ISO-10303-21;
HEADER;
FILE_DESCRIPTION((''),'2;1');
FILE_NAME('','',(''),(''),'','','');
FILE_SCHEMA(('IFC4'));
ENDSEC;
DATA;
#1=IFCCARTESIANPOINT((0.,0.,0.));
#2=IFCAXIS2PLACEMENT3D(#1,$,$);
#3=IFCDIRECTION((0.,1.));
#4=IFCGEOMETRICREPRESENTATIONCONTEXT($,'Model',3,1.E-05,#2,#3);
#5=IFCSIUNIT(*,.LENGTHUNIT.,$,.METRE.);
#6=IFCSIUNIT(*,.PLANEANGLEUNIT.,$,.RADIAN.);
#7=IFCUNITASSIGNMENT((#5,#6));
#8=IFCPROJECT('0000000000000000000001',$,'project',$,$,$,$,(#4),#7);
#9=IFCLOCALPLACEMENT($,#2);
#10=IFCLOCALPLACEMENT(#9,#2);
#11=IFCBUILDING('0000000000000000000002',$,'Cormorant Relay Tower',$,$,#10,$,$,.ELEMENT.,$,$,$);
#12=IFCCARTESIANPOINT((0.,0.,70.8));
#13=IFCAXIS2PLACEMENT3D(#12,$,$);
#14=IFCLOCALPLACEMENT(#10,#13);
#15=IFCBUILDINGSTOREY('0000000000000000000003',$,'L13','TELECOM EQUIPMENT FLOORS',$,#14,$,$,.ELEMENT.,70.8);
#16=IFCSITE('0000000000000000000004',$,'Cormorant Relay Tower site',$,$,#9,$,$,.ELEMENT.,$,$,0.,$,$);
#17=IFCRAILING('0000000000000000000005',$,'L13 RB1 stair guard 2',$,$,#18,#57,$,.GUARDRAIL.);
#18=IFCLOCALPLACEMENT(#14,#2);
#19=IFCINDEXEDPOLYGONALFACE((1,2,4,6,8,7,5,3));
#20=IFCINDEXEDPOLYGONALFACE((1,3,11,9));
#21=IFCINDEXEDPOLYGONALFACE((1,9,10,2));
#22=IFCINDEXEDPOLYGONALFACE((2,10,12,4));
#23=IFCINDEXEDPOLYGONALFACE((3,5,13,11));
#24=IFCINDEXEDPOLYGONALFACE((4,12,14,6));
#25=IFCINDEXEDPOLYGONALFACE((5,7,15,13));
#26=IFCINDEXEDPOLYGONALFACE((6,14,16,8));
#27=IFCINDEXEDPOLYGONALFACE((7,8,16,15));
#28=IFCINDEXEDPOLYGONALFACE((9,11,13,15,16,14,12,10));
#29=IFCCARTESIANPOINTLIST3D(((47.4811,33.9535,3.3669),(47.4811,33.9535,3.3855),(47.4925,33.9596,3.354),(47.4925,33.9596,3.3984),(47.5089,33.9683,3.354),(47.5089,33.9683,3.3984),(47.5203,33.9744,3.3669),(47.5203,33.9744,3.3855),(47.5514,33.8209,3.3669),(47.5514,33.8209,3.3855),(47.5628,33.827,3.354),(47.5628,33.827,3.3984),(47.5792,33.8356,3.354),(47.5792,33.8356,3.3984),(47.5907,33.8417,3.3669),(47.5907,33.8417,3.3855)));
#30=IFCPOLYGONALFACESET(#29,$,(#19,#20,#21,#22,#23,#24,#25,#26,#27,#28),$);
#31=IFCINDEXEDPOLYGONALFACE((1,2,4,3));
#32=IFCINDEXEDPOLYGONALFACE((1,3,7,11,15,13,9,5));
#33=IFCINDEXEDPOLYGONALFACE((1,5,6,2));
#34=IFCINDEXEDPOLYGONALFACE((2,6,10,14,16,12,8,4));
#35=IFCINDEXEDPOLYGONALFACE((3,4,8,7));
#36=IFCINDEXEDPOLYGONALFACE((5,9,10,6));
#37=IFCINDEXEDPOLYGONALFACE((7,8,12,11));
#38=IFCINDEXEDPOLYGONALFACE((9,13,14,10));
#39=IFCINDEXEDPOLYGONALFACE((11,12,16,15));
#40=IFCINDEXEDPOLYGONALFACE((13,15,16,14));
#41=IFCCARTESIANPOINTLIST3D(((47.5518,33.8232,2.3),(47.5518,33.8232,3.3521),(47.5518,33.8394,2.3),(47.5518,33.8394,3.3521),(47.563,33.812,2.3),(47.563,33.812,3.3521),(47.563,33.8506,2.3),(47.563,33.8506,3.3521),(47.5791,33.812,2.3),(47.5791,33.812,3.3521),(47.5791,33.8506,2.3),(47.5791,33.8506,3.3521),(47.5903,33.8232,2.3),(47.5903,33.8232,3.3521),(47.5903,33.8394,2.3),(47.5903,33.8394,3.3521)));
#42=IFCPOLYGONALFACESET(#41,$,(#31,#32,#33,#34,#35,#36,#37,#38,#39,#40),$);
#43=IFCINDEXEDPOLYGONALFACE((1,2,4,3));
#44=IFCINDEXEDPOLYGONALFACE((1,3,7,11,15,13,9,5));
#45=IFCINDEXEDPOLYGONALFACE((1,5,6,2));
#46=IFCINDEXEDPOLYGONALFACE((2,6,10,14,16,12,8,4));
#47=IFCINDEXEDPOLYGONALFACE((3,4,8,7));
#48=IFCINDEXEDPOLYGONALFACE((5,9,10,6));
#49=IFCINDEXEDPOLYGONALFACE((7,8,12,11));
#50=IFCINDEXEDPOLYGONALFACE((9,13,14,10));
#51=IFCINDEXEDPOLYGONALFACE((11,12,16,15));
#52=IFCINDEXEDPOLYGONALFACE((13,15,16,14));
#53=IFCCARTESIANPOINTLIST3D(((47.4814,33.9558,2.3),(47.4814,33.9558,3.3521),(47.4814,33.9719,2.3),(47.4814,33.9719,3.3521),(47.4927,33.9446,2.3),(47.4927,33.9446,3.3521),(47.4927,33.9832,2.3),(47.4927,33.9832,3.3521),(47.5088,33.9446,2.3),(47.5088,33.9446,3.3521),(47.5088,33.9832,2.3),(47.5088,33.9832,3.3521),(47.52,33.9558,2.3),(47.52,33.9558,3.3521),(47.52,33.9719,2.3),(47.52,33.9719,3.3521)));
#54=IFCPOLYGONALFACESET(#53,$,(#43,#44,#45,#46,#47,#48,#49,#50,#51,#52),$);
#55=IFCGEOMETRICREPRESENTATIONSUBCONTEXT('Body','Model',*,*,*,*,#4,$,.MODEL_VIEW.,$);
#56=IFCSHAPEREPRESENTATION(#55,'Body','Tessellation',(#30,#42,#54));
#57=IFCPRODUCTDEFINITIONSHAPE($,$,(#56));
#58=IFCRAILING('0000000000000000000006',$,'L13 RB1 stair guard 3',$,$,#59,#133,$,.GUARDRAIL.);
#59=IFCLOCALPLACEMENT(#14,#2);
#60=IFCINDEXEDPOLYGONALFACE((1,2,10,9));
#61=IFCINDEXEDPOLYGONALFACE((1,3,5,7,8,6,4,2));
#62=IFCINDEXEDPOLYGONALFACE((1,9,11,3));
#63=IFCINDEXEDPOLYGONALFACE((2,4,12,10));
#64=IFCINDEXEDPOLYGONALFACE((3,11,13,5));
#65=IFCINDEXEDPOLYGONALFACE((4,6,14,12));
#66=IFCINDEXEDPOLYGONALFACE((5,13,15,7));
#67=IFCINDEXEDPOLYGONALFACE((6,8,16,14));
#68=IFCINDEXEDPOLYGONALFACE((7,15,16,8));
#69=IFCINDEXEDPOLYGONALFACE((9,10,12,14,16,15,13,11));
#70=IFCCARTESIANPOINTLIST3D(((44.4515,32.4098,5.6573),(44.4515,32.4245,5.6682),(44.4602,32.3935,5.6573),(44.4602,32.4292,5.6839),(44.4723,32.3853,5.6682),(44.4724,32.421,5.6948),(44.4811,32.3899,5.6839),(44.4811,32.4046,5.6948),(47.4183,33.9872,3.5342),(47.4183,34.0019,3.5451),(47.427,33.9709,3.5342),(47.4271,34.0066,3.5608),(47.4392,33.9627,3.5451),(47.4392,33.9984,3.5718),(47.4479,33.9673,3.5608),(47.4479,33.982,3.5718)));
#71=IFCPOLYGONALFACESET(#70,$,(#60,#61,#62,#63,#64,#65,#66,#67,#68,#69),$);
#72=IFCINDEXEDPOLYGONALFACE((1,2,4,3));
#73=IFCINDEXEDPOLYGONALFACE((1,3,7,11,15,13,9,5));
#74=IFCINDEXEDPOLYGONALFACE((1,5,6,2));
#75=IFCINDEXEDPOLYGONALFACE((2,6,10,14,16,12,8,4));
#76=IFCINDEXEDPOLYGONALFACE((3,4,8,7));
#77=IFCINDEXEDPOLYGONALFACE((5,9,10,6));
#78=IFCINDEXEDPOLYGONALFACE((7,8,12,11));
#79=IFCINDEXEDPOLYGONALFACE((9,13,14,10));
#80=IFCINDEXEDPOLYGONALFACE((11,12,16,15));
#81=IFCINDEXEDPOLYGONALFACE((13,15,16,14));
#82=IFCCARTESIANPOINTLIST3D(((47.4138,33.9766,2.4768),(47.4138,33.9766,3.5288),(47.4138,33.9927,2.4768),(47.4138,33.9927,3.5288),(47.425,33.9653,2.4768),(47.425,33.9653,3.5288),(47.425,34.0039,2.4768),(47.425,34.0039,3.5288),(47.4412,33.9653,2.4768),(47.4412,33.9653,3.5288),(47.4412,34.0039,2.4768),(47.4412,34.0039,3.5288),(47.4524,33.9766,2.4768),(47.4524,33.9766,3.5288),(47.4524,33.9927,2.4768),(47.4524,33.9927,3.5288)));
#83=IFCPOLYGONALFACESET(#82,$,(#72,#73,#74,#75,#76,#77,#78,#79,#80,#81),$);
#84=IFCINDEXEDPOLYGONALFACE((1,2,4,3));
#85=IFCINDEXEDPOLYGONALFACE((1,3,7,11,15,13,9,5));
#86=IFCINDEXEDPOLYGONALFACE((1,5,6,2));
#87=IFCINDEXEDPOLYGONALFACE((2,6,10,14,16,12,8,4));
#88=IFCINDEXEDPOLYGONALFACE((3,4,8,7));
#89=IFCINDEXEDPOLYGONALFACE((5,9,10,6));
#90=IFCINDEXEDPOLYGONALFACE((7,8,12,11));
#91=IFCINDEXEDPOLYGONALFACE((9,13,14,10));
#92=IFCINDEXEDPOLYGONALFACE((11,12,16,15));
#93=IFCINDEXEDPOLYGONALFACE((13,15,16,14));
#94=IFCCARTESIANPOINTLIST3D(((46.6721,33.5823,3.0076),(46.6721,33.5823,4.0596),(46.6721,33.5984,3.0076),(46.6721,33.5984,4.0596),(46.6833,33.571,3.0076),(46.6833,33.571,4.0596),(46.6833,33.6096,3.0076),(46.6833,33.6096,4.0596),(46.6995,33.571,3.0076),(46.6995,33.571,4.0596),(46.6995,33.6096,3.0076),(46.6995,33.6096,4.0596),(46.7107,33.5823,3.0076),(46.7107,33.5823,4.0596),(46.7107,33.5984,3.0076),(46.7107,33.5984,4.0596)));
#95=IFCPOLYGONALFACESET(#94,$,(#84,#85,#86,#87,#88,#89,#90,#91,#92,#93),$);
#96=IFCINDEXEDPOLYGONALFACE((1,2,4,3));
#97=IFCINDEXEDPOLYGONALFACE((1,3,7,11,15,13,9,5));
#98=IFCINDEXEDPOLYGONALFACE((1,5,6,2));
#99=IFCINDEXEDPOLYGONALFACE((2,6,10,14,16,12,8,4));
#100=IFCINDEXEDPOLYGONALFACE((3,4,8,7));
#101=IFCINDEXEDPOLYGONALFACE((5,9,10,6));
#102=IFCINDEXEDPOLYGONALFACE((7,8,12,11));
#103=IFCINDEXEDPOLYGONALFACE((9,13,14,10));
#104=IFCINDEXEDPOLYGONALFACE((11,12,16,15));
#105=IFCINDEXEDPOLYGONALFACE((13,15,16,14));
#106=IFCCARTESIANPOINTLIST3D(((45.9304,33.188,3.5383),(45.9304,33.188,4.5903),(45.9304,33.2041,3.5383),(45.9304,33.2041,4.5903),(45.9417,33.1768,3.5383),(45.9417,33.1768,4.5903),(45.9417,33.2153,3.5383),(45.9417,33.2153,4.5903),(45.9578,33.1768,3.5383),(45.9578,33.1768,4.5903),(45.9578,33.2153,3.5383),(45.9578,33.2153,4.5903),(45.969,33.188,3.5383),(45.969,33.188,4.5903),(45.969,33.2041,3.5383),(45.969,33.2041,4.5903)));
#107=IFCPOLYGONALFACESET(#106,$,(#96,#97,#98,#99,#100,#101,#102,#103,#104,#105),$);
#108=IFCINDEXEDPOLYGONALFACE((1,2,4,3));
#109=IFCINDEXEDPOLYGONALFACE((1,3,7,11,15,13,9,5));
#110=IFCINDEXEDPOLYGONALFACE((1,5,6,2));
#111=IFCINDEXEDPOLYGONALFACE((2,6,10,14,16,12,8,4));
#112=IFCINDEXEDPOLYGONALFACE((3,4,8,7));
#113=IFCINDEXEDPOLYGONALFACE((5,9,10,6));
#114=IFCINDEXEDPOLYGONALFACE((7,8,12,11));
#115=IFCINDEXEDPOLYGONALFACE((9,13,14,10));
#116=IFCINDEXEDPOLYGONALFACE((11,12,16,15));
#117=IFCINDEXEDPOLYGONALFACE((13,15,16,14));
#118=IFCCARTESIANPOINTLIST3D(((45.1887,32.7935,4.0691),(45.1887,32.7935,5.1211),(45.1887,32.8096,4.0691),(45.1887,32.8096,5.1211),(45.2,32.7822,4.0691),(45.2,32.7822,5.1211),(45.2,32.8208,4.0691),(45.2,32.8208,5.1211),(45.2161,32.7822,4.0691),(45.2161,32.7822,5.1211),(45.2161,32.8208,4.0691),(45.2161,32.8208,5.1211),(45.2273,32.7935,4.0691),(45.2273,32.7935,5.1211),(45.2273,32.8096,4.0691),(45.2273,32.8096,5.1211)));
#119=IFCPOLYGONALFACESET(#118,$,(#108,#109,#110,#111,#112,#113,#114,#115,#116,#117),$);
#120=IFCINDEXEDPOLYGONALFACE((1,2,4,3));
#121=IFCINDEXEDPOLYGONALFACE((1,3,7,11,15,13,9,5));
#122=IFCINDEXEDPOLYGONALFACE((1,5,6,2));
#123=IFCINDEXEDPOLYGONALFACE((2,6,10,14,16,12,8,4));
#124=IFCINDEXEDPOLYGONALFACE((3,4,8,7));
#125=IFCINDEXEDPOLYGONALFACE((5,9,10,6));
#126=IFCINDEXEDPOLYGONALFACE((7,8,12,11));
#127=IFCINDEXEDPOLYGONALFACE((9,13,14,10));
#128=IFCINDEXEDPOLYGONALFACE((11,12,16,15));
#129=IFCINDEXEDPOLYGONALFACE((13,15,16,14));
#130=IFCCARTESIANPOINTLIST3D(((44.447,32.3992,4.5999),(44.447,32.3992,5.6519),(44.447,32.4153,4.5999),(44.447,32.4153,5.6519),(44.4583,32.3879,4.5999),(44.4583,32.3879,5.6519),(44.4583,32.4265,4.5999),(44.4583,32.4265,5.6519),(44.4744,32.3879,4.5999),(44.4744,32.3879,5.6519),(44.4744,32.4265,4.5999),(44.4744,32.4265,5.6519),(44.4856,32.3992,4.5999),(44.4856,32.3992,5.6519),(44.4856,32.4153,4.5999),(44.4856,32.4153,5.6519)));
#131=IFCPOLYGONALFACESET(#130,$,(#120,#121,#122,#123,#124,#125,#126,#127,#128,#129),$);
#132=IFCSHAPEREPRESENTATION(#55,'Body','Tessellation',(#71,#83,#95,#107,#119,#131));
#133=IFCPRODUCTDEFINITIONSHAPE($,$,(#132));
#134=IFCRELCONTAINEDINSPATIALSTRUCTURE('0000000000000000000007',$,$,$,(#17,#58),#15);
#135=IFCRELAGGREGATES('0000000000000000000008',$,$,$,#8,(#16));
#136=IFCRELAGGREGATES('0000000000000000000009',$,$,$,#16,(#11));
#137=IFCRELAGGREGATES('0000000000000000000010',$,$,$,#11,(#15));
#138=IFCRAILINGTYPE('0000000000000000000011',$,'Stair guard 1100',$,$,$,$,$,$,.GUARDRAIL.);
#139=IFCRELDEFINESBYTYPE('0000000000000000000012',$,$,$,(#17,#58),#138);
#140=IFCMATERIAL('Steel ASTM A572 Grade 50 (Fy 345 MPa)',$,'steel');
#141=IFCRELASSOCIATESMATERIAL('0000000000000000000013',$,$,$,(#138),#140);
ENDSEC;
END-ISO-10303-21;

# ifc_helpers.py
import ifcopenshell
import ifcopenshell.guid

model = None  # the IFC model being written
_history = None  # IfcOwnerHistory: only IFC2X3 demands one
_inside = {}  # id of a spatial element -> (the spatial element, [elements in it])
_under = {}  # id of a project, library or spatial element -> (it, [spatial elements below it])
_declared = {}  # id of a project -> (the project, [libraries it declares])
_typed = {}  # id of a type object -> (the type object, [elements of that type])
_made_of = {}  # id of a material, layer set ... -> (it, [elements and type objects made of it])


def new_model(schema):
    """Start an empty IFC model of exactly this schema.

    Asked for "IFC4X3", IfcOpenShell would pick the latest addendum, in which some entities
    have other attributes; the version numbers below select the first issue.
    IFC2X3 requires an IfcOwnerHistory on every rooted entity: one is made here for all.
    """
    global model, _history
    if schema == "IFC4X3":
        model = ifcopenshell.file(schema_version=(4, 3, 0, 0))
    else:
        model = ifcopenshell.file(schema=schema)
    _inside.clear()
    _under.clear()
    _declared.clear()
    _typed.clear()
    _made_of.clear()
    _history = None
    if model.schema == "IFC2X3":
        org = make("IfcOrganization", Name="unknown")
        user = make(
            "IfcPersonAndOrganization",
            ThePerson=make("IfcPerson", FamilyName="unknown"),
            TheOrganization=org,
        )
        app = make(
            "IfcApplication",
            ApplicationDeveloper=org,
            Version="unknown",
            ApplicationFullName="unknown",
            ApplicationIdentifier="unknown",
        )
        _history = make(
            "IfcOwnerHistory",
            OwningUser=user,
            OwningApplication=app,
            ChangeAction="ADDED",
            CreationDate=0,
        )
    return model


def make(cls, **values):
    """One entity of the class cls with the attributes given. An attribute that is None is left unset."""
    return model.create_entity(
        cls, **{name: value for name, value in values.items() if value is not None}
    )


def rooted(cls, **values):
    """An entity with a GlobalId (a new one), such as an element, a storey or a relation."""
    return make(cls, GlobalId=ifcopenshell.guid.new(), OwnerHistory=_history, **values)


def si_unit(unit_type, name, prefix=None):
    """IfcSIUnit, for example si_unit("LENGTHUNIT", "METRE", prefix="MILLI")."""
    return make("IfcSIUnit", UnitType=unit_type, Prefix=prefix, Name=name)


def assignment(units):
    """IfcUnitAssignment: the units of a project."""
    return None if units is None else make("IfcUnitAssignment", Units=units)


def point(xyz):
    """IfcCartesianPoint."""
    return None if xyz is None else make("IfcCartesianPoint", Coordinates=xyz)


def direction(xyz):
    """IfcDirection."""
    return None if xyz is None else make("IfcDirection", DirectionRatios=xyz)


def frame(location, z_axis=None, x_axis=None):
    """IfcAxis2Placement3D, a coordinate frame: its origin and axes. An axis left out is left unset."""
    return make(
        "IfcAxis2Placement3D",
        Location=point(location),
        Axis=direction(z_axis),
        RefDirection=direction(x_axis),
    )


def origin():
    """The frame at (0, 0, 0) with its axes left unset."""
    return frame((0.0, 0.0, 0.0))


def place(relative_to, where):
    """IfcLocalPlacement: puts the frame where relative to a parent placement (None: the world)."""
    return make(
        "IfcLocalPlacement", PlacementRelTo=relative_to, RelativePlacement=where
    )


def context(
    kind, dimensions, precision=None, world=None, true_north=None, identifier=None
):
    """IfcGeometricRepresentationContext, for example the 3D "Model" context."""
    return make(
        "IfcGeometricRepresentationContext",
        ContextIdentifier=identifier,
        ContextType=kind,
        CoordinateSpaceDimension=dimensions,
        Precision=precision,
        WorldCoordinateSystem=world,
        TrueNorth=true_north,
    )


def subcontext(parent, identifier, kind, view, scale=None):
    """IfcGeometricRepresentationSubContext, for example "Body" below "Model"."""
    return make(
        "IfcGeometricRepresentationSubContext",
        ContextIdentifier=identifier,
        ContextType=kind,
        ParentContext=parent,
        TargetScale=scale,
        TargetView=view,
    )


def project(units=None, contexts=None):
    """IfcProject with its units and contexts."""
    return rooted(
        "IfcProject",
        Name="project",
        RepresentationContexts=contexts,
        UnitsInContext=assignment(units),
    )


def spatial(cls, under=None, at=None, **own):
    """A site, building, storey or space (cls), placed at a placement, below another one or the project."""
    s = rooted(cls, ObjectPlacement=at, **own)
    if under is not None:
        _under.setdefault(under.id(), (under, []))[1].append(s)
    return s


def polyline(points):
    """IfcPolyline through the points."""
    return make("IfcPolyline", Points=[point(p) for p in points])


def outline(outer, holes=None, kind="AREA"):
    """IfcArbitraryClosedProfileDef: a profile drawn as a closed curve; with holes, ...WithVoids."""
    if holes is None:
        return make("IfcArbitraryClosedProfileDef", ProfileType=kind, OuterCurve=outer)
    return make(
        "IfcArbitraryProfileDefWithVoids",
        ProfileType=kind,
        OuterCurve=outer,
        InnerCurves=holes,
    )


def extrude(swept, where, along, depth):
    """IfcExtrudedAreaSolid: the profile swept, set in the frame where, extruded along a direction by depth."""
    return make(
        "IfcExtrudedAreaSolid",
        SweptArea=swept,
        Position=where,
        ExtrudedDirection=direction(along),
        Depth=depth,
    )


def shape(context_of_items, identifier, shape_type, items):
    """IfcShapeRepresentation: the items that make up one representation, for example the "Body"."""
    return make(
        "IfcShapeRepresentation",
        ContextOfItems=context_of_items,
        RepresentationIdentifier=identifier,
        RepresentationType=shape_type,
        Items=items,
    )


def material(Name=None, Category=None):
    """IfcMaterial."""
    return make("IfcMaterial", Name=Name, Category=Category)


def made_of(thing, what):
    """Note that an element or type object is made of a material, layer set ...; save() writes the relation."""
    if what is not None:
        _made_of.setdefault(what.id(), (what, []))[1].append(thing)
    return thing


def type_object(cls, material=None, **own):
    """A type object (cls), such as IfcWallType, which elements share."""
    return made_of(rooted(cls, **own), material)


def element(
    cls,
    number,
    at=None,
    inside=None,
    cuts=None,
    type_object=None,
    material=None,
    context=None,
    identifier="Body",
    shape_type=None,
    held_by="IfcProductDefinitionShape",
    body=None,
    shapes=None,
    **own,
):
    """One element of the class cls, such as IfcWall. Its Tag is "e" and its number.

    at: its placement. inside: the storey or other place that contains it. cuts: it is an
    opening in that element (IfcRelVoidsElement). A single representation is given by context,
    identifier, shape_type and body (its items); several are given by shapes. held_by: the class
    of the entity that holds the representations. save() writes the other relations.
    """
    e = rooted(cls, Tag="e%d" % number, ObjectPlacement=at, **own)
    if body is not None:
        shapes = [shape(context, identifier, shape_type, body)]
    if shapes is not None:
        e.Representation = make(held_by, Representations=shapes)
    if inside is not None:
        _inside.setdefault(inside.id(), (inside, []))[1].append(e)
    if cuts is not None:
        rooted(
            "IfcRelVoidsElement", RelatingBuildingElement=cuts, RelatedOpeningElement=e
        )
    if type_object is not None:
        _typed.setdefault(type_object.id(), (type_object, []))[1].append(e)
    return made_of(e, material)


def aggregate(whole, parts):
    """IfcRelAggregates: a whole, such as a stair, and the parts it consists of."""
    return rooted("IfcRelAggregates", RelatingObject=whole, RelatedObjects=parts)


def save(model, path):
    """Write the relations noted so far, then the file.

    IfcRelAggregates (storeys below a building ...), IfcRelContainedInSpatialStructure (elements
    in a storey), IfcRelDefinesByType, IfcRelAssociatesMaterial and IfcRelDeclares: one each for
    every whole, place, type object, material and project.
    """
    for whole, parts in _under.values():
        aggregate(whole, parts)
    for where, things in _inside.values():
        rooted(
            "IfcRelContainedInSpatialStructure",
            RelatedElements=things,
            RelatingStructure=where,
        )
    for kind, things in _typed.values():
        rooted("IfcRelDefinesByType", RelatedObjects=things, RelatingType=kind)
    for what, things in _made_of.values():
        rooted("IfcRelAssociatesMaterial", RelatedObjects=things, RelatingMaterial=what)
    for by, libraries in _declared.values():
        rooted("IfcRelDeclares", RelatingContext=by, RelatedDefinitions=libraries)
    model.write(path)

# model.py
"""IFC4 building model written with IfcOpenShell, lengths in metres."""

from ifc_helpers import new_model, si_unit, direction, frame, origin, place, context, subcontext, project, spatial, polyline, outline, extrude, material, type_object, element, save


model = new_model("IFC4")

# Units and contexts
model_context = context("Model", 3, precision=1e-05, world=origin(), true_north=direction((0.0, 1.0)))
body_context = subcontext(model_context, "Body", "Model", "MODEL_VIEW")
ifc_project = project(units=[si_unit("LENGTHUNIT", "METRE"), si_unit("PLANEANGLEUNIT", "RADIAN")], contexts=[model_context])

# Site, building, storey
site_placement = place(None, origin())
site = spatial("IfcSite", under=ifc_project, at=site_placement, Name="Cormorant Relay Tower site", CompositionType="ELEMENT", RefElevation=0.0)
building_placement = place(site_placement, origin())
building = spatial("IfcBuilding", under=site, at=building_placement, Name="Cormorant Relay Tower", CompositionType="ELEMENT")
storey_placement = place(building_placement, frame((0.0, 0.0, 70.8)))
storey = spatial("IfcBuildingStorey", under=building, at=storey_placement, Name="L13", Description="TELECOM EQUIPMENT FLOORS", CompositionType="ELEMENT", Elevation=70.8)

# Railings
ifc_material_1 = material(Name="Steel ASTM A572 Grade 50 (Fy 345 MPa)", Category="steel")
railing_type_1 = type_object("IfcRailingType", Name="Stair guard 1100", PredefinedType="GUARDRAIL", material=ifc_material_1)
railing_1_placement = place(storey_placement, frame((47.571, 33.8313, 2.3)))
element("IfcRailing", 1, at=railing_1_placement, inside=storey, type_object=railing_type_1, Name="L13 RB1 stair guard 2", PredefinedType="GUARDRAIL", context=body_context, shape_type="SweptSolid", body=[
    extrude(outline(polyline([(0.0222, 0.0093), (0.0093, 0.0222), (-0.0093, 0.0222), (-0.0222, 0.0093), (-0.0222, -0.0093), (-0.0093, -0.0222), (0.0093, -0.0222), (0.0222, -0.0093), (0.0222, 0.0093)])), frame((0.0, 0.0, 1.0762), z_axis=(-0.46856, 0.883431, 0.0), x_axis=(-0.883431, -0.46856, 0.0)), (0.0, 0.0, 1.0), 0.1501),
    extrude(outline(polyline([(0.0193, 0.0081), (0.0081, 0.0193), (-0.0081, 0.0193), (-0.0193, 0.0081), (-0.0193, -0.0081), (-0.0081, -0.0193), (0.0081, -0.0193), (0.0193, -0.0081), (0.0193, 0.0081)])), origin(), (0.0, 0.0, 1.0), 1.052),
    extrude(outline(polyline([(0.0193, 0.0081), (0.0081, 0.0193), (-0.0081, 0.0193), (-0.0193, 0.0081), (-0.0193, -0.0081), (-0.0081, -0.0193), (0.0081, -0.0193), (0.0193, -0.0081), (0.0193, 0.0081)])), frame((-0.0703, 0.1326, 0.0)), (0.0, 0.0, 1.0), 1.052),
])
railing_2_placement = place(storey_placement, frame((47.4331, 33.9846, 2.4768)))
element("IfcRailing", 2, at=railing_2_placement, inside=storey, type_object=railing_type_1, Name="L13 RB1 stair guard 3", PredefinedType="GUARDRAIL", context=body_context, shape_type="SweptSolid", body=[
    extrude(outline(polyline([(0.0222, 0.0093), (0.0093, 0.0222), (-0.0093, 0.0222), (-0.0222, 0.0093), (-0.0222, -0.0093), (-0.0093, -0.0222), (0.0093, -0.0222), (0.0222, -0.0093), (0.0222, 0.0093)])), frame((0.0, 0.0, 1.0762), z_axis=(-0.746441, -0.396869, 0.534155), x_axis=(0.469453, -0.882958, 0.0)), (0.0, 0.0, 1.0), 3.9746),
    extrude(outline(polyline([(0.0193, 0.0081), (0.0081, 0.0193), (-0.0081, 0.0193), (-0.0193, 0.0081), (-0.0193, -0.0081), (-0.0081, -0.0193), (0.0081, -0.0193), (0.0193, -0.0081), (0.0193, 0.0081)])), origin(), (0.0, 0.0, 1.0), 1.052),
    extrude(outline(polyline([(0.0193, 0.0081), (0.0081, 0.0193), (-0.0081, 0.0193), (-0.0193, 0.0081), (-0.0193, -0.0081), (-0.0081, -0.0193), (0.0081, -0.0193), (0.0193, -0.0081), (0.0193, 0.0081)])), frame((-0.7417, -0.3943, 0.5308)), (0.0, 0.0, 1.0), 1.052),
    extrude(outline(polyline([(0.0193, 0.0081), (0.0081, 0.0193), (-0.0081, 0.0193), (-0.0193, 0.0081), (-0.0193, -0.0081), (-0.0081, -0.0193), (0.0081, -0.0193), (0.0193, -0.0081), (0.0193, 0.0081)])), frame((-1.4834, -0.7886, 1.0615)), (0.0, 0.0, 1.0), 1.052),
    extrude(outline(polyline([(0.0193, 0.0081), (0.0081, 0.0193), (-0.0081, 0.0193), (-0.0193, 0.0081), (-0.0193, -0.0081), (-0.0081, -0.0193), (0.0081, -0.0193), (0.0193, -0.0081), (0.0193, 0.0081)])), frame((-2.2251, -1.1831, 1.5923)), (0.0, 0.0, 1.0), 1.052),
    extrude(outline(polyline([(0.0193, 0.0081), (0.0081, 0.0193), (-0.0081, 0.0193), (-0.0193, 0.0081), (-0.0193, -0.0081), (-0.0081, -0.0193), (0.0081, -0.0193), (0.0193, -0.0081), (0.0193, 0.0081)])), frame((-2.9668, -1.5774, 2.123)), (0.0, 0.0, 1.0), 1.052),
])

save(model, "model.ifc")
